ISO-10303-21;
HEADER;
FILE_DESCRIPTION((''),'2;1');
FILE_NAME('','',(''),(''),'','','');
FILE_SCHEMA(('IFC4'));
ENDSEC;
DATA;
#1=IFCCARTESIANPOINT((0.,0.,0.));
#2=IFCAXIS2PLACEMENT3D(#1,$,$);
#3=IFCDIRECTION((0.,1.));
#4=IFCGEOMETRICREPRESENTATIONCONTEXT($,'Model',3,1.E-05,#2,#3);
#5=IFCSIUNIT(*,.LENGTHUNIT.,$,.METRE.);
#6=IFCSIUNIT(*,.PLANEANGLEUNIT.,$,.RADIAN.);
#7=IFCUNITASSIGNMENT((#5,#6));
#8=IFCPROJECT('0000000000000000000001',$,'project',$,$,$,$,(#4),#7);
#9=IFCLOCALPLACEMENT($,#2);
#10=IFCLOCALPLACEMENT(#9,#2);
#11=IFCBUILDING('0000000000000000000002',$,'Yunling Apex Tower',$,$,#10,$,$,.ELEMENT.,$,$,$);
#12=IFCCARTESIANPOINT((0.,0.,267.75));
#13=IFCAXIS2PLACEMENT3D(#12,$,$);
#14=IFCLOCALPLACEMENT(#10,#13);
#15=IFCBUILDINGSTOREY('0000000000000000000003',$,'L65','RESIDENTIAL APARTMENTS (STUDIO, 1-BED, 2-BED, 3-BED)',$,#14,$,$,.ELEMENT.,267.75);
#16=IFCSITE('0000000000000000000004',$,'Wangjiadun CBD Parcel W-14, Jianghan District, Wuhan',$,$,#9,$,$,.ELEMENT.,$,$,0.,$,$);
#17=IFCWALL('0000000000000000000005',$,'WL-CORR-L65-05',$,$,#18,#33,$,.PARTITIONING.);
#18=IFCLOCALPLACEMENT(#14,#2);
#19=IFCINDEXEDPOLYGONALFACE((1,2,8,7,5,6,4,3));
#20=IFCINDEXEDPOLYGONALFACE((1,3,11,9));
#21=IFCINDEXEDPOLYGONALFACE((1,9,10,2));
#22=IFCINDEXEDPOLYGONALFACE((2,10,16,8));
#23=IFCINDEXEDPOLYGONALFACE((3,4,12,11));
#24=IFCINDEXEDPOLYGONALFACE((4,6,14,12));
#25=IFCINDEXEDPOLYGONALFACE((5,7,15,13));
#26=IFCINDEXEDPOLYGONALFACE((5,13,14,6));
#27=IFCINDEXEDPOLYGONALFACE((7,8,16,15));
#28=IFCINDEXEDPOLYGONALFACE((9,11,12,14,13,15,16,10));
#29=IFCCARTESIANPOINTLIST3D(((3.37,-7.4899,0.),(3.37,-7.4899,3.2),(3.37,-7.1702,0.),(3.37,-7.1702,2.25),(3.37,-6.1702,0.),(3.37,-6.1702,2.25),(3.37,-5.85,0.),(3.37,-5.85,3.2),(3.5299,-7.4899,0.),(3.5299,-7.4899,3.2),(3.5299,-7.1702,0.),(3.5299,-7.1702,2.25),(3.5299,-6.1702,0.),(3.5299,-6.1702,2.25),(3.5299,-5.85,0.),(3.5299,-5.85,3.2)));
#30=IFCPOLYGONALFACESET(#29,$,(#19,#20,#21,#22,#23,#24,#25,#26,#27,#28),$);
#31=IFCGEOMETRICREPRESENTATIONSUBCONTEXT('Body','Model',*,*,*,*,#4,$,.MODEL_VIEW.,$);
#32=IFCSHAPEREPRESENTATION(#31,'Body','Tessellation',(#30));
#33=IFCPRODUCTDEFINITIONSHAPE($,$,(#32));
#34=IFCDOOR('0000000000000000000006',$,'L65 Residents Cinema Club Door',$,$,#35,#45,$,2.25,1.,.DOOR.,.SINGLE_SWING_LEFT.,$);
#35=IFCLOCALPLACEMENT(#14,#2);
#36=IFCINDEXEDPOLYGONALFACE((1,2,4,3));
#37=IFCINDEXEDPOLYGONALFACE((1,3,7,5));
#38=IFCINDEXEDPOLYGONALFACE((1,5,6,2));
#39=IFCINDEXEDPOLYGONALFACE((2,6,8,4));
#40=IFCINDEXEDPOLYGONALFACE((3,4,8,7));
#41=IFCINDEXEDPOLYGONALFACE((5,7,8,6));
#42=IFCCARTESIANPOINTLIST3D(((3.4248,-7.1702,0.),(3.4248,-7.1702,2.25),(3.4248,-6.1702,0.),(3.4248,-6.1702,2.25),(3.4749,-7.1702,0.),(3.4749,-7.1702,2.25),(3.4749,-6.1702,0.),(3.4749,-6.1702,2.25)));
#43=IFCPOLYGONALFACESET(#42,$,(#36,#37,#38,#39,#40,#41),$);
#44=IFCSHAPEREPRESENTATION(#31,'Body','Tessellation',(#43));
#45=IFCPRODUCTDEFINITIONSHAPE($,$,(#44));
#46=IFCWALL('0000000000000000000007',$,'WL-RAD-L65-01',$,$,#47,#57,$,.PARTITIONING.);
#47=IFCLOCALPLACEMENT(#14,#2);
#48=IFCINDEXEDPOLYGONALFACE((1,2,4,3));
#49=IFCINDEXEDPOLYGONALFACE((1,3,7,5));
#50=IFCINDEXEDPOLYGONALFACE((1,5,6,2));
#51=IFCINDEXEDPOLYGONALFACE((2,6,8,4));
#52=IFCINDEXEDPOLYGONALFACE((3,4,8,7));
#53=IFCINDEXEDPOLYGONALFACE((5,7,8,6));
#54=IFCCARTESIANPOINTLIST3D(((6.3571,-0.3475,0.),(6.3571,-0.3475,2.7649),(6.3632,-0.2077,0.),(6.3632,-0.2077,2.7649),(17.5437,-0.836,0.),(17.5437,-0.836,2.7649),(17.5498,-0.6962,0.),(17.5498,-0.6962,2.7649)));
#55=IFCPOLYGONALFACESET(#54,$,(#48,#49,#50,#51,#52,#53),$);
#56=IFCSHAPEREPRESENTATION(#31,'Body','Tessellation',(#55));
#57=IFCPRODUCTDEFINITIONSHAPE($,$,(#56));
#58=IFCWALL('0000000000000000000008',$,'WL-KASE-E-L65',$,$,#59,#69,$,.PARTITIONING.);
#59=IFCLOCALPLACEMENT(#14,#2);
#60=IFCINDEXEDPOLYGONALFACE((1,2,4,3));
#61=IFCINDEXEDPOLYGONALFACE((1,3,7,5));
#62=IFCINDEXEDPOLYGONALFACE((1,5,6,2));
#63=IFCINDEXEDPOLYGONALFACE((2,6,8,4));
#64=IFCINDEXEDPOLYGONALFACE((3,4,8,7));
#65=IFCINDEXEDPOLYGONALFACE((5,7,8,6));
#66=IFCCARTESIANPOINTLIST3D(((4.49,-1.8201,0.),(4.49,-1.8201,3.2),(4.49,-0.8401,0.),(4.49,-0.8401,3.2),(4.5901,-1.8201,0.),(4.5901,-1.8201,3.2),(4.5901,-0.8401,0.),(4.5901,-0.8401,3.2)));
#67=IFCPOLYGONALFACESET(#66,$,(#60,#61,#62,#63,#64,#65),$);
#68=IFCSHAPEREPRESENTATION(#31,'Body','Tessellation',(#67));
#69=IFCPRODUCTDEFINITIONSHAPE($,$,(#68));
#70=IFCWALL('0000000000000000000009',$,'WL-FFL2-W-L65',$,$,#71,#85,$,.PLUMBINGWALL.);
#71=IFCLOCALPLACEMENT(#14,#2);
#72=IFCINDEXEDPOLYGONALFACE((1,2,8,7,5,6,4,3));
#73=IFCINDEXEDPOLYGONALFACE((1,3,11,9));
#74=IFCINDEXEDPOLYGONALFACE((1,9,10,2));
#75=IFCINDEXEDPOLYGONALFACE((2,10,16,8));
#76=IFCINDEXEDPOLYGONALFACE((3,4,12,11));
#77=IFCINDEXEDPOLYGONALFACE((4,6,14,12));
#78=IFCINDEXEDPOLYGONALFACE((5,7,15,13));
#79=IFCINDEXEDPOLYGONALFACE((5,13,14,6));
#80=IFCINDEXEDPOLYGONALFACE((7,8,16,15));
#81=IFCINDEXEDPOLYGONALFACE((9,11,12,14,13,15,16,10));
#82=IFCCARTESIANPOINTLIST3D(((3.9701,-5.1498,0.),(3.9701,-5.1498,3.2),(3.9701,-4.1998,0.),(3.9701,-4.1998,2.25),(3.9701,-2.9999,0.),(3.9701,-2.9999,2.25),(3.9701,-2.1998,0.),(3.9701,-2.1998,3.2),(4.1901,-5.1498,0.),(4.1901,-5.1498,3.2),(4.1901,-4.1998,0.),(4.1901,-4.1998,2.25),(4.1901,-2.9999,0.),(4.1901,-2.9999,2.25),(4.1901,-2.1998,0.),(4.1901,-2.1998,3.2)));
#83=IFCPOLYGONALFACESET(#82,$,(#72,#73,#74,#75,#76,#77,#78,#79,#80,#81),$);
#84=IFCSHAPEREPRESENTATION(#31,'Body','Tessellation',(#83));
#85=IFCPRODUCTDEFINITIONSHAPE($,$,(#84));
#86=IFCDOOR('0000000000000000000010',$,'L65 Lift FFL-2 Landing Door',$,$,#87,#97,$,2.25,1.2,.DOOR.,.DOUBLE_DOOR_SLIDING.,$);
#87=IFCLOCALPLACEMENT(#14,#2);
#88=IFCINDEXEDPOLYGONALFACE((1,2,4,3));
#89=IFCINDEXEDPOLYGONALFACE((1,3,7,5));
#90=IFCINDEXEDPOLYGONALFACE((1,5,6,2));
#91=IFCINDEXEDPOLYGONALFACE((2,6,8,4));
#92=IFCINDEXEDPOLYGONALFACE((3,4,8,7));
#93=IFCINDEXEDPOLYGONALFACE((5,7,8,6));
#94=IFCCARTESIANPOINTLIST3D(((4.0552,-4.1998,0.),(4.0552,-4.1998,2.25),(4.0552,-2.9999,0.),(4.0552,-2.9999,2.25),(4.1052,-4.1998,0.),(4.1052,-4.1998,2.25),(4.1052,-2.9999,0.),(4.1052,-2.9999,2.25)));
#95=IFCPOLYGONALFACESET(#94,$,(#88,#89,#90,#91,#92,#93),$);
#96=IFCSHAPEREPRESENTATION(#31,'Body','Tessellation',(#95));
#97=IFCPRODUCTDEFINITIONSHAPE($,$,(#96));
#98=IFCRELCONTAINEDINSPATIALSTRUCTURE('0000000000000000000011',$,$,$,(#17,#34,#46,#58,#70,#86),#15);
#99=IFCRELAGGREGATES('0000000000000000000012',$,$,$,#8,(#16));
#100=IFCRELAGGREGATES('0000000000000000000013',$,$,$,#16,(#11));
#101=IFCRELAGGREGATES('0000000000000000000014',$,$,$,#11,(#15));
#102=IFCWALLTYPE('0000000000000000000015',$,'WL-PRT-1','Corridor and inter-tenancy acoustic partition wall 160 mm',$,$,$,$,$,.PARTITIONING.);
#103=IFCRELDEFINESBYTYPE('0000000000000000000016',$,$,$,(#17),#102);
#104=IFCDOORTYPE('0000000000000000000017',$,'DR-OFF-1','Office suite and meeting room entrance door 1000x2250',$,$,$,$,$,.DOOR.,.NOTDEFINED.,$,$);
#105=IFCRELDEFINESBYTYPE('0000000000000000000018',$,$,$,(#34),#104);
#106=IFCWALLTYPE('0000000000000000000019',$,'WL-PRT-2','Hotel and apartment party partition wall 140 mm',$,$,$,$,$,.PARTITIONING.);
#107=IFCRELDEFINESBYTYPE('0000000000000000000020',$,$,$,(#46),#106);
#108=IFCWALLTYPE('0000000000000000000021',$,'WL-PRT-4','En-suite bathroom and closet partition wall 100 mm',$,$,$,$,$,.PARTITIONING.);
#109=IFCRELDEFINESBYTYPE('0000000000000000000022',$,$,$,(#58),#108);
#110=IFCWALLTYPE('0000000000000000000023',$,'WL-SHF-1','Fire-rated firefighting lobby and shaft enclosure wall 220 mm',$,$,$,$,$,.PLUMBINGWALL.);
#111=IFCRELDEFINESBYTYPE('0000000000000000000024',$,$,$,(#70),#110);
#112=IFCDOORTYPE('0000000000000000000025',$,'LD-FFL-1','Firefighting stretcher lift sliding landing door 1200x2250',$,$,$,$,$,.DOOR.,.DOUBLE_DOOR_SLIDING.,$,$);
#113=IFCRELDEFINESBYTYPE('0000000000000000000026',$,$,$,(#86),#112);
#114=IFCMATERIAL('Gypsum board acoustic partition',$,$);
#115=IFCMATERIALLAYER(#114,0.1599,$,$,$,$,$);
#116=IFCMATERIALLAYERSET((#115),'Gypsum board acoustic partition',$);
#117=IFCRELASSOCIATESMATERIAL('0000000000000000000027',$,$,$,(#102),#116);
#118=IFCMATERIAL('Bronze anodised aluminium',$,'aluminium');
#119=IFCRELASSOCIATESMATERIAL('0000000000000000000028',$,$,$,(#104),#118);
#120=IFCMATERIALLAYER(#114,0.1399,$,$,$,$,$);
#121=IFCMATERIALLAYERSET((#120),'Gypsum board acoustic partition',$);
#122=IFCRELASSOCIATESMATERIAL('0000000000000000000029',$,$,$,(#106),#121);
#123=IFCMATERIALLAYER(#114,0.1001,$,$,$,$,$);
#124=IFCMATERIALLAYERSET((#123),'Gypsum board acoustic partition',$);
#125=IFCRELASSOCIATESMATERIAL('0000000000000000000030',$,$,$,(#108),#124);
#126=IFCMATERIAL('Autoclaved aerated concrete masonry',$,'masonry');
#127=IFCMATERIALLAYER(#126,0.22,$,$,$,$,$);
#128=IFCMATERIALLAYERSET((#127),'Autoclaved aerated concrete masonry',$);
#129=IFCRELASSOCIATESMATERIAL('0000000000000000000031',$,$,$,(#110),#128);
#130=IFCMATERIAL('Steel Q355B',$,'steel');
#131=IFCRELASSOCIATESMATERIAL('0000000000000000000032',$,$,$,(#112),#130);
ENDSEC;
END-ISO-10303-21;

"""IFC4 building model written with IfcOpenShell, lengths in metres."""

from ifc_helpers import new_model, si_unit, direction, frame, frame_2d, origin, place, context, subcontext, project, spatial, rectangle, extrude, material, layer, layer_set, type_object, element, fill, save


model = new_model("IFC4")

# Units and contexts
model_context = context("Model", 3, precision=1e-05, world=origin(), true_north=direction((0.0, 1.0)))
body_context = subcontext(model_context, "Body", "Model", "MODEL_VIEW")
ifc_project = project(units=[si_unit("LENGTHUNIT", "METRE"), si_unit("PLANEANGLEUNIT", "RADIAN")], contexts=[model_context])

# Site, building, storey
site_placement = place(None, origin())
site = spatial("IfcSite", under=ifc_project, at=site_placement, Name="Wangjiadun CBD Parcel W-14, Jianghan District, Wuhan", CompositionType="ELEMENT", RefElevation=0.0)
building_placement = place(site_placement, origin())
building = spatial("IfcBuilding", under=site, at=building_placement, Name="Yunling Apex Tower", CompositionType="ELEMENT")
storey_placement = place(building_placement, frame((0.0, 0.0, 267.75)))
storey = spatial("IfcBuildingStorey", under=building, at=storey_placement, Name="L65", Description="RESIDENTIAL APARTMENTS (STUDIO, 1-BED, 2-BED, 3-BED)", CompositionType="ELEMENT", Elevation=267.75)

# Shared definitions
ifc_material_1 = material(Name="Steel Q355B", Category="steel")

# Shared definitions
ifc_material_2 = material(Name="Bronze anodised aluminium", Category="aluminium")

# Wall, opening, door
ifc_material_3 = material(Name="Gypsum board acoustic partition")
ifc_layer_1 = layer(ifc_material_3, 0.1599)
ifc_layer_set_1 = layer_set([ifc_layer_1], Name="Gypsum board acoustic partition")
wall_type_1 = type_object("IfcWallType", Name="WL-PRT-1", Description="Corridor and inter-tenancy acoustic partition wall 160 mm", PredefinedType="PARTITIONING", material=ifc_layer_set_1)
wall_1_placement = place(storey_placement, frame((3.45, -5.8501, 0.0), z_axis=(0.0, 0.0, 1.0), x_axis=(0.0, -1.0, 0.0)))
wall_1 = element("IfcWall", 1, at=wall_1_placement, inside=storey, type_object=wall_type_1, Name="WL-CORR-L65-05", PredefinedType="PARTITIONING", context=body_context, shape_type="SweptSolid", body=[
    extrude(rectangle(XDim=1.6399, YDim=0.1599, at=frame_2d((0.8198, 0.0))), origin(), (0.0, 0.0, 1.0), 3.2),
])
opening_1_placement = place(wall_1_placement, frame((0.3201, 0.0, 0.0)))
opening_1 = element("IfcOpeningElement", 2, at=opening_1_placement, cuts=wall_1, PredefinedType="OPENING", context=body_context, shape_type="SweptSolid", body=[
    extrude(rectangle(XDim=1.0, YDim=2.25, at=frame_2d((0.5, 1.125))), frame((0.0, 0.0898, 0.0), z_axis=(0.0, -1.0, 0.0), x_axis=(1.0, 0.0, 0.0)), (0.0, 0.0, 1.0), 0.1799),
])
door_type_1 = type_object("IfcDoorType", Name="DR-OFF-1", Description="Office suite and meeting room entrance door 1000x2250", OperationType="NOTDEFINED", PredefinedType="DOOR", material=ifc_material_2)
door_1_placement = place(opening_1_placement, origin())
door_1 = element("IfcDoor", 3, at=door_1_placement, inside=storey, type_object=door_type_1, Name="L65 Residents Cinema Club Door", OperationType="SINGLE_SWING_LEFT", OverallHeight=2.25, OverallWidth=1.0, PredefinedType="DOOR", context=body_context, shape_type="SweptSolid", body=[
    extrude(rectangle(XDim=1.0, YDim=2.25, at=frame_2d((0.5, 1.125))), frame((0.0, 0.0249, 0.0), z_axis=(0.0, -1.0, 0.0), x_axis=(1.0, 0.0, 0.0)), (0.0, 0.0, 1.0), 0.05),
])
fill(opening_1, door_1)

# Walls
ifc_layer_2 = layer(ifc_material_3, 0.1399)
ifc_layer_set_2 = layer_set([ifc_layer_2], Name="Gypsum board acoustic partition")
wall_type_2 = type_object("IfcWallType", Name="WL-PRT-2", Description="Hotel and apartment party partition wall 140 mm", PredefinedType="PARTITIONING", material=ifc_layer_set_2)
wall_2_placement = place(storey_placement, frame((6.3601, -0.2776, 0.0), z_axis=(0.0, 0.0, 1.0), x_axis=(0.999048, -0.043629, 0.0)))
element("IfcWall", 4, at=wall_2_placement, inside=storey, type_object=wall_type_2, Name="WL-RAD-L65-01", PredefinedType="PARTITIONING", context=body_context, shape_type="SweptSolid", body=[
    extrude(rectangle(XDim=11.1973, YDim=0.1399, at=frame_2d((5.5986, 0.0))), origin(), (0.0, 0.0, 1.0), 2.7649),
])
ifc_layer_3 = layer(ifc_material_3, 0.1001)
ifc_layer_set_3 = layer_set([ifc_layer_3], Name="Gypsum board acoustic partition")
wall_type_3 = type_object("IfcWallType", Name="WL-PRT-4", Description="En-suite bathroom and closet partition wall 100 mm", PredefinedType="PARTITIONING", material=ifc_layer_set_3)
wall_3_placement = place(storey_placement, frame((4.54, -1.8201, 0.0), z_axis=(0.0, 0.0, 1.0), x_axis=(0.0, 1.0, 0.0)))
element("IfcWall", 5, at=wall_3_placement, inside=storey, type_object=wall_type_3, Name="WL-KASE-E-L65", PredefinedType="PARTITIONING", context=body_context, shape_type="SweptSolid", body=[
    extrude(rectangle(XDim=0.98, YDim=0.1001, at=frame_2d((0.49, 0.0))), origin(), (0.0, 0.0, 1.0), 3.2),
])

# Wall, opening, door
ifc_material_4 = material(Name="Autoclaved aerated concrete masonry", Category="masonry")
ifc_layer_4 = layer(ifc_material_4, 0.22)
ifc_layer_set_4 = layer_set([ifc_layer_4], Name="Autoclaved aerated concrete masonry")
wall_type_4 = type_object("IfcWallType", Name="WL-SHF-1", Description="Fire-rated firefighting lobby and shaft enclosure wall 220 mm", PredefinedType="PLUMBINGWALL", material=ifc_layer_set_4)
wall_4_placement = place(storey_placement, frame((4.0801, -5.1499, 0.0), z_axis=(0.0, 0.0, 1.0), x_axis=(0.0, 1.0, 0.0)))
wall_4 = element("IfcWall", 6, at=wall_4_placement, inside=storey, type_object=wall_type_4, Name="WL-FFL2-W-L65", PredefinedType="PLUMBINGWALL", context=body_context, shape_type="SweptSolid", body=[
    extrude(rectangle(XDim=2.95, YDim=0.22, at=frame_2d((1.4751, 0.0))), origin(), (0.0, 0.0, 1.0), 3.2),
])
opening_2_placement = place(wall_4_placement, frame((0.95, 0.0, 0.0)))
opening_2 = element("IfcOpeningElement", 7, at=opening_2_placement, cuts=wall_4, PredefinedType="OPENING", context=body_context, shape_type="SweptSolid", body=[
    extrude(rectangle(XDim=1.2, YDim=2.25, at=frame_2d((0.6001, 1.125))), frame((0.0, 0.1201, 0.0), z_axis=(0.0, -1.0, 0.0), x_axis=(1.0, 0.0, 0.0)), (0.0, 0.0, 1.0), 0.24),
])
door_type_2 = type_object("IfcDoorType", Name="LD-FFL-1", Description="Firefighting stretcher lift sliding landing door 1200x2250", OperationType="DOUBLE_DOOR_SLIDING", PredefinedType="DOOR", material=ifc_material_1)
door_2_placement = place(opening_2_placement, origin())
door_2 = element("IfcDoor", 8, at=door_2_placement, inside=storey, type_object=door_type_2, Name="L65 Lift FFL-2 Landing Door", OperationType="DOUBLE_DOOR_SLIDING", OverallHeight=2.25, OverallWidth=1.2, PredefinedType="DOOR", context=body_context, shape_type="SweptSolid", body=[
    extrude(rectangle(XDim=1.2, YDim=2.25, at=frame_2d((0.6001, 1.125))), frame((0.0, 0.0249, 0.0), z_axis=(0.0, -1.0, 0.0), x_axis=(1.0, 0.0, 0.0)), (0.0, 0.0, 1.0), 0.05),
])
fill(opening_2, door_2)

save(model, "model.ifc")
